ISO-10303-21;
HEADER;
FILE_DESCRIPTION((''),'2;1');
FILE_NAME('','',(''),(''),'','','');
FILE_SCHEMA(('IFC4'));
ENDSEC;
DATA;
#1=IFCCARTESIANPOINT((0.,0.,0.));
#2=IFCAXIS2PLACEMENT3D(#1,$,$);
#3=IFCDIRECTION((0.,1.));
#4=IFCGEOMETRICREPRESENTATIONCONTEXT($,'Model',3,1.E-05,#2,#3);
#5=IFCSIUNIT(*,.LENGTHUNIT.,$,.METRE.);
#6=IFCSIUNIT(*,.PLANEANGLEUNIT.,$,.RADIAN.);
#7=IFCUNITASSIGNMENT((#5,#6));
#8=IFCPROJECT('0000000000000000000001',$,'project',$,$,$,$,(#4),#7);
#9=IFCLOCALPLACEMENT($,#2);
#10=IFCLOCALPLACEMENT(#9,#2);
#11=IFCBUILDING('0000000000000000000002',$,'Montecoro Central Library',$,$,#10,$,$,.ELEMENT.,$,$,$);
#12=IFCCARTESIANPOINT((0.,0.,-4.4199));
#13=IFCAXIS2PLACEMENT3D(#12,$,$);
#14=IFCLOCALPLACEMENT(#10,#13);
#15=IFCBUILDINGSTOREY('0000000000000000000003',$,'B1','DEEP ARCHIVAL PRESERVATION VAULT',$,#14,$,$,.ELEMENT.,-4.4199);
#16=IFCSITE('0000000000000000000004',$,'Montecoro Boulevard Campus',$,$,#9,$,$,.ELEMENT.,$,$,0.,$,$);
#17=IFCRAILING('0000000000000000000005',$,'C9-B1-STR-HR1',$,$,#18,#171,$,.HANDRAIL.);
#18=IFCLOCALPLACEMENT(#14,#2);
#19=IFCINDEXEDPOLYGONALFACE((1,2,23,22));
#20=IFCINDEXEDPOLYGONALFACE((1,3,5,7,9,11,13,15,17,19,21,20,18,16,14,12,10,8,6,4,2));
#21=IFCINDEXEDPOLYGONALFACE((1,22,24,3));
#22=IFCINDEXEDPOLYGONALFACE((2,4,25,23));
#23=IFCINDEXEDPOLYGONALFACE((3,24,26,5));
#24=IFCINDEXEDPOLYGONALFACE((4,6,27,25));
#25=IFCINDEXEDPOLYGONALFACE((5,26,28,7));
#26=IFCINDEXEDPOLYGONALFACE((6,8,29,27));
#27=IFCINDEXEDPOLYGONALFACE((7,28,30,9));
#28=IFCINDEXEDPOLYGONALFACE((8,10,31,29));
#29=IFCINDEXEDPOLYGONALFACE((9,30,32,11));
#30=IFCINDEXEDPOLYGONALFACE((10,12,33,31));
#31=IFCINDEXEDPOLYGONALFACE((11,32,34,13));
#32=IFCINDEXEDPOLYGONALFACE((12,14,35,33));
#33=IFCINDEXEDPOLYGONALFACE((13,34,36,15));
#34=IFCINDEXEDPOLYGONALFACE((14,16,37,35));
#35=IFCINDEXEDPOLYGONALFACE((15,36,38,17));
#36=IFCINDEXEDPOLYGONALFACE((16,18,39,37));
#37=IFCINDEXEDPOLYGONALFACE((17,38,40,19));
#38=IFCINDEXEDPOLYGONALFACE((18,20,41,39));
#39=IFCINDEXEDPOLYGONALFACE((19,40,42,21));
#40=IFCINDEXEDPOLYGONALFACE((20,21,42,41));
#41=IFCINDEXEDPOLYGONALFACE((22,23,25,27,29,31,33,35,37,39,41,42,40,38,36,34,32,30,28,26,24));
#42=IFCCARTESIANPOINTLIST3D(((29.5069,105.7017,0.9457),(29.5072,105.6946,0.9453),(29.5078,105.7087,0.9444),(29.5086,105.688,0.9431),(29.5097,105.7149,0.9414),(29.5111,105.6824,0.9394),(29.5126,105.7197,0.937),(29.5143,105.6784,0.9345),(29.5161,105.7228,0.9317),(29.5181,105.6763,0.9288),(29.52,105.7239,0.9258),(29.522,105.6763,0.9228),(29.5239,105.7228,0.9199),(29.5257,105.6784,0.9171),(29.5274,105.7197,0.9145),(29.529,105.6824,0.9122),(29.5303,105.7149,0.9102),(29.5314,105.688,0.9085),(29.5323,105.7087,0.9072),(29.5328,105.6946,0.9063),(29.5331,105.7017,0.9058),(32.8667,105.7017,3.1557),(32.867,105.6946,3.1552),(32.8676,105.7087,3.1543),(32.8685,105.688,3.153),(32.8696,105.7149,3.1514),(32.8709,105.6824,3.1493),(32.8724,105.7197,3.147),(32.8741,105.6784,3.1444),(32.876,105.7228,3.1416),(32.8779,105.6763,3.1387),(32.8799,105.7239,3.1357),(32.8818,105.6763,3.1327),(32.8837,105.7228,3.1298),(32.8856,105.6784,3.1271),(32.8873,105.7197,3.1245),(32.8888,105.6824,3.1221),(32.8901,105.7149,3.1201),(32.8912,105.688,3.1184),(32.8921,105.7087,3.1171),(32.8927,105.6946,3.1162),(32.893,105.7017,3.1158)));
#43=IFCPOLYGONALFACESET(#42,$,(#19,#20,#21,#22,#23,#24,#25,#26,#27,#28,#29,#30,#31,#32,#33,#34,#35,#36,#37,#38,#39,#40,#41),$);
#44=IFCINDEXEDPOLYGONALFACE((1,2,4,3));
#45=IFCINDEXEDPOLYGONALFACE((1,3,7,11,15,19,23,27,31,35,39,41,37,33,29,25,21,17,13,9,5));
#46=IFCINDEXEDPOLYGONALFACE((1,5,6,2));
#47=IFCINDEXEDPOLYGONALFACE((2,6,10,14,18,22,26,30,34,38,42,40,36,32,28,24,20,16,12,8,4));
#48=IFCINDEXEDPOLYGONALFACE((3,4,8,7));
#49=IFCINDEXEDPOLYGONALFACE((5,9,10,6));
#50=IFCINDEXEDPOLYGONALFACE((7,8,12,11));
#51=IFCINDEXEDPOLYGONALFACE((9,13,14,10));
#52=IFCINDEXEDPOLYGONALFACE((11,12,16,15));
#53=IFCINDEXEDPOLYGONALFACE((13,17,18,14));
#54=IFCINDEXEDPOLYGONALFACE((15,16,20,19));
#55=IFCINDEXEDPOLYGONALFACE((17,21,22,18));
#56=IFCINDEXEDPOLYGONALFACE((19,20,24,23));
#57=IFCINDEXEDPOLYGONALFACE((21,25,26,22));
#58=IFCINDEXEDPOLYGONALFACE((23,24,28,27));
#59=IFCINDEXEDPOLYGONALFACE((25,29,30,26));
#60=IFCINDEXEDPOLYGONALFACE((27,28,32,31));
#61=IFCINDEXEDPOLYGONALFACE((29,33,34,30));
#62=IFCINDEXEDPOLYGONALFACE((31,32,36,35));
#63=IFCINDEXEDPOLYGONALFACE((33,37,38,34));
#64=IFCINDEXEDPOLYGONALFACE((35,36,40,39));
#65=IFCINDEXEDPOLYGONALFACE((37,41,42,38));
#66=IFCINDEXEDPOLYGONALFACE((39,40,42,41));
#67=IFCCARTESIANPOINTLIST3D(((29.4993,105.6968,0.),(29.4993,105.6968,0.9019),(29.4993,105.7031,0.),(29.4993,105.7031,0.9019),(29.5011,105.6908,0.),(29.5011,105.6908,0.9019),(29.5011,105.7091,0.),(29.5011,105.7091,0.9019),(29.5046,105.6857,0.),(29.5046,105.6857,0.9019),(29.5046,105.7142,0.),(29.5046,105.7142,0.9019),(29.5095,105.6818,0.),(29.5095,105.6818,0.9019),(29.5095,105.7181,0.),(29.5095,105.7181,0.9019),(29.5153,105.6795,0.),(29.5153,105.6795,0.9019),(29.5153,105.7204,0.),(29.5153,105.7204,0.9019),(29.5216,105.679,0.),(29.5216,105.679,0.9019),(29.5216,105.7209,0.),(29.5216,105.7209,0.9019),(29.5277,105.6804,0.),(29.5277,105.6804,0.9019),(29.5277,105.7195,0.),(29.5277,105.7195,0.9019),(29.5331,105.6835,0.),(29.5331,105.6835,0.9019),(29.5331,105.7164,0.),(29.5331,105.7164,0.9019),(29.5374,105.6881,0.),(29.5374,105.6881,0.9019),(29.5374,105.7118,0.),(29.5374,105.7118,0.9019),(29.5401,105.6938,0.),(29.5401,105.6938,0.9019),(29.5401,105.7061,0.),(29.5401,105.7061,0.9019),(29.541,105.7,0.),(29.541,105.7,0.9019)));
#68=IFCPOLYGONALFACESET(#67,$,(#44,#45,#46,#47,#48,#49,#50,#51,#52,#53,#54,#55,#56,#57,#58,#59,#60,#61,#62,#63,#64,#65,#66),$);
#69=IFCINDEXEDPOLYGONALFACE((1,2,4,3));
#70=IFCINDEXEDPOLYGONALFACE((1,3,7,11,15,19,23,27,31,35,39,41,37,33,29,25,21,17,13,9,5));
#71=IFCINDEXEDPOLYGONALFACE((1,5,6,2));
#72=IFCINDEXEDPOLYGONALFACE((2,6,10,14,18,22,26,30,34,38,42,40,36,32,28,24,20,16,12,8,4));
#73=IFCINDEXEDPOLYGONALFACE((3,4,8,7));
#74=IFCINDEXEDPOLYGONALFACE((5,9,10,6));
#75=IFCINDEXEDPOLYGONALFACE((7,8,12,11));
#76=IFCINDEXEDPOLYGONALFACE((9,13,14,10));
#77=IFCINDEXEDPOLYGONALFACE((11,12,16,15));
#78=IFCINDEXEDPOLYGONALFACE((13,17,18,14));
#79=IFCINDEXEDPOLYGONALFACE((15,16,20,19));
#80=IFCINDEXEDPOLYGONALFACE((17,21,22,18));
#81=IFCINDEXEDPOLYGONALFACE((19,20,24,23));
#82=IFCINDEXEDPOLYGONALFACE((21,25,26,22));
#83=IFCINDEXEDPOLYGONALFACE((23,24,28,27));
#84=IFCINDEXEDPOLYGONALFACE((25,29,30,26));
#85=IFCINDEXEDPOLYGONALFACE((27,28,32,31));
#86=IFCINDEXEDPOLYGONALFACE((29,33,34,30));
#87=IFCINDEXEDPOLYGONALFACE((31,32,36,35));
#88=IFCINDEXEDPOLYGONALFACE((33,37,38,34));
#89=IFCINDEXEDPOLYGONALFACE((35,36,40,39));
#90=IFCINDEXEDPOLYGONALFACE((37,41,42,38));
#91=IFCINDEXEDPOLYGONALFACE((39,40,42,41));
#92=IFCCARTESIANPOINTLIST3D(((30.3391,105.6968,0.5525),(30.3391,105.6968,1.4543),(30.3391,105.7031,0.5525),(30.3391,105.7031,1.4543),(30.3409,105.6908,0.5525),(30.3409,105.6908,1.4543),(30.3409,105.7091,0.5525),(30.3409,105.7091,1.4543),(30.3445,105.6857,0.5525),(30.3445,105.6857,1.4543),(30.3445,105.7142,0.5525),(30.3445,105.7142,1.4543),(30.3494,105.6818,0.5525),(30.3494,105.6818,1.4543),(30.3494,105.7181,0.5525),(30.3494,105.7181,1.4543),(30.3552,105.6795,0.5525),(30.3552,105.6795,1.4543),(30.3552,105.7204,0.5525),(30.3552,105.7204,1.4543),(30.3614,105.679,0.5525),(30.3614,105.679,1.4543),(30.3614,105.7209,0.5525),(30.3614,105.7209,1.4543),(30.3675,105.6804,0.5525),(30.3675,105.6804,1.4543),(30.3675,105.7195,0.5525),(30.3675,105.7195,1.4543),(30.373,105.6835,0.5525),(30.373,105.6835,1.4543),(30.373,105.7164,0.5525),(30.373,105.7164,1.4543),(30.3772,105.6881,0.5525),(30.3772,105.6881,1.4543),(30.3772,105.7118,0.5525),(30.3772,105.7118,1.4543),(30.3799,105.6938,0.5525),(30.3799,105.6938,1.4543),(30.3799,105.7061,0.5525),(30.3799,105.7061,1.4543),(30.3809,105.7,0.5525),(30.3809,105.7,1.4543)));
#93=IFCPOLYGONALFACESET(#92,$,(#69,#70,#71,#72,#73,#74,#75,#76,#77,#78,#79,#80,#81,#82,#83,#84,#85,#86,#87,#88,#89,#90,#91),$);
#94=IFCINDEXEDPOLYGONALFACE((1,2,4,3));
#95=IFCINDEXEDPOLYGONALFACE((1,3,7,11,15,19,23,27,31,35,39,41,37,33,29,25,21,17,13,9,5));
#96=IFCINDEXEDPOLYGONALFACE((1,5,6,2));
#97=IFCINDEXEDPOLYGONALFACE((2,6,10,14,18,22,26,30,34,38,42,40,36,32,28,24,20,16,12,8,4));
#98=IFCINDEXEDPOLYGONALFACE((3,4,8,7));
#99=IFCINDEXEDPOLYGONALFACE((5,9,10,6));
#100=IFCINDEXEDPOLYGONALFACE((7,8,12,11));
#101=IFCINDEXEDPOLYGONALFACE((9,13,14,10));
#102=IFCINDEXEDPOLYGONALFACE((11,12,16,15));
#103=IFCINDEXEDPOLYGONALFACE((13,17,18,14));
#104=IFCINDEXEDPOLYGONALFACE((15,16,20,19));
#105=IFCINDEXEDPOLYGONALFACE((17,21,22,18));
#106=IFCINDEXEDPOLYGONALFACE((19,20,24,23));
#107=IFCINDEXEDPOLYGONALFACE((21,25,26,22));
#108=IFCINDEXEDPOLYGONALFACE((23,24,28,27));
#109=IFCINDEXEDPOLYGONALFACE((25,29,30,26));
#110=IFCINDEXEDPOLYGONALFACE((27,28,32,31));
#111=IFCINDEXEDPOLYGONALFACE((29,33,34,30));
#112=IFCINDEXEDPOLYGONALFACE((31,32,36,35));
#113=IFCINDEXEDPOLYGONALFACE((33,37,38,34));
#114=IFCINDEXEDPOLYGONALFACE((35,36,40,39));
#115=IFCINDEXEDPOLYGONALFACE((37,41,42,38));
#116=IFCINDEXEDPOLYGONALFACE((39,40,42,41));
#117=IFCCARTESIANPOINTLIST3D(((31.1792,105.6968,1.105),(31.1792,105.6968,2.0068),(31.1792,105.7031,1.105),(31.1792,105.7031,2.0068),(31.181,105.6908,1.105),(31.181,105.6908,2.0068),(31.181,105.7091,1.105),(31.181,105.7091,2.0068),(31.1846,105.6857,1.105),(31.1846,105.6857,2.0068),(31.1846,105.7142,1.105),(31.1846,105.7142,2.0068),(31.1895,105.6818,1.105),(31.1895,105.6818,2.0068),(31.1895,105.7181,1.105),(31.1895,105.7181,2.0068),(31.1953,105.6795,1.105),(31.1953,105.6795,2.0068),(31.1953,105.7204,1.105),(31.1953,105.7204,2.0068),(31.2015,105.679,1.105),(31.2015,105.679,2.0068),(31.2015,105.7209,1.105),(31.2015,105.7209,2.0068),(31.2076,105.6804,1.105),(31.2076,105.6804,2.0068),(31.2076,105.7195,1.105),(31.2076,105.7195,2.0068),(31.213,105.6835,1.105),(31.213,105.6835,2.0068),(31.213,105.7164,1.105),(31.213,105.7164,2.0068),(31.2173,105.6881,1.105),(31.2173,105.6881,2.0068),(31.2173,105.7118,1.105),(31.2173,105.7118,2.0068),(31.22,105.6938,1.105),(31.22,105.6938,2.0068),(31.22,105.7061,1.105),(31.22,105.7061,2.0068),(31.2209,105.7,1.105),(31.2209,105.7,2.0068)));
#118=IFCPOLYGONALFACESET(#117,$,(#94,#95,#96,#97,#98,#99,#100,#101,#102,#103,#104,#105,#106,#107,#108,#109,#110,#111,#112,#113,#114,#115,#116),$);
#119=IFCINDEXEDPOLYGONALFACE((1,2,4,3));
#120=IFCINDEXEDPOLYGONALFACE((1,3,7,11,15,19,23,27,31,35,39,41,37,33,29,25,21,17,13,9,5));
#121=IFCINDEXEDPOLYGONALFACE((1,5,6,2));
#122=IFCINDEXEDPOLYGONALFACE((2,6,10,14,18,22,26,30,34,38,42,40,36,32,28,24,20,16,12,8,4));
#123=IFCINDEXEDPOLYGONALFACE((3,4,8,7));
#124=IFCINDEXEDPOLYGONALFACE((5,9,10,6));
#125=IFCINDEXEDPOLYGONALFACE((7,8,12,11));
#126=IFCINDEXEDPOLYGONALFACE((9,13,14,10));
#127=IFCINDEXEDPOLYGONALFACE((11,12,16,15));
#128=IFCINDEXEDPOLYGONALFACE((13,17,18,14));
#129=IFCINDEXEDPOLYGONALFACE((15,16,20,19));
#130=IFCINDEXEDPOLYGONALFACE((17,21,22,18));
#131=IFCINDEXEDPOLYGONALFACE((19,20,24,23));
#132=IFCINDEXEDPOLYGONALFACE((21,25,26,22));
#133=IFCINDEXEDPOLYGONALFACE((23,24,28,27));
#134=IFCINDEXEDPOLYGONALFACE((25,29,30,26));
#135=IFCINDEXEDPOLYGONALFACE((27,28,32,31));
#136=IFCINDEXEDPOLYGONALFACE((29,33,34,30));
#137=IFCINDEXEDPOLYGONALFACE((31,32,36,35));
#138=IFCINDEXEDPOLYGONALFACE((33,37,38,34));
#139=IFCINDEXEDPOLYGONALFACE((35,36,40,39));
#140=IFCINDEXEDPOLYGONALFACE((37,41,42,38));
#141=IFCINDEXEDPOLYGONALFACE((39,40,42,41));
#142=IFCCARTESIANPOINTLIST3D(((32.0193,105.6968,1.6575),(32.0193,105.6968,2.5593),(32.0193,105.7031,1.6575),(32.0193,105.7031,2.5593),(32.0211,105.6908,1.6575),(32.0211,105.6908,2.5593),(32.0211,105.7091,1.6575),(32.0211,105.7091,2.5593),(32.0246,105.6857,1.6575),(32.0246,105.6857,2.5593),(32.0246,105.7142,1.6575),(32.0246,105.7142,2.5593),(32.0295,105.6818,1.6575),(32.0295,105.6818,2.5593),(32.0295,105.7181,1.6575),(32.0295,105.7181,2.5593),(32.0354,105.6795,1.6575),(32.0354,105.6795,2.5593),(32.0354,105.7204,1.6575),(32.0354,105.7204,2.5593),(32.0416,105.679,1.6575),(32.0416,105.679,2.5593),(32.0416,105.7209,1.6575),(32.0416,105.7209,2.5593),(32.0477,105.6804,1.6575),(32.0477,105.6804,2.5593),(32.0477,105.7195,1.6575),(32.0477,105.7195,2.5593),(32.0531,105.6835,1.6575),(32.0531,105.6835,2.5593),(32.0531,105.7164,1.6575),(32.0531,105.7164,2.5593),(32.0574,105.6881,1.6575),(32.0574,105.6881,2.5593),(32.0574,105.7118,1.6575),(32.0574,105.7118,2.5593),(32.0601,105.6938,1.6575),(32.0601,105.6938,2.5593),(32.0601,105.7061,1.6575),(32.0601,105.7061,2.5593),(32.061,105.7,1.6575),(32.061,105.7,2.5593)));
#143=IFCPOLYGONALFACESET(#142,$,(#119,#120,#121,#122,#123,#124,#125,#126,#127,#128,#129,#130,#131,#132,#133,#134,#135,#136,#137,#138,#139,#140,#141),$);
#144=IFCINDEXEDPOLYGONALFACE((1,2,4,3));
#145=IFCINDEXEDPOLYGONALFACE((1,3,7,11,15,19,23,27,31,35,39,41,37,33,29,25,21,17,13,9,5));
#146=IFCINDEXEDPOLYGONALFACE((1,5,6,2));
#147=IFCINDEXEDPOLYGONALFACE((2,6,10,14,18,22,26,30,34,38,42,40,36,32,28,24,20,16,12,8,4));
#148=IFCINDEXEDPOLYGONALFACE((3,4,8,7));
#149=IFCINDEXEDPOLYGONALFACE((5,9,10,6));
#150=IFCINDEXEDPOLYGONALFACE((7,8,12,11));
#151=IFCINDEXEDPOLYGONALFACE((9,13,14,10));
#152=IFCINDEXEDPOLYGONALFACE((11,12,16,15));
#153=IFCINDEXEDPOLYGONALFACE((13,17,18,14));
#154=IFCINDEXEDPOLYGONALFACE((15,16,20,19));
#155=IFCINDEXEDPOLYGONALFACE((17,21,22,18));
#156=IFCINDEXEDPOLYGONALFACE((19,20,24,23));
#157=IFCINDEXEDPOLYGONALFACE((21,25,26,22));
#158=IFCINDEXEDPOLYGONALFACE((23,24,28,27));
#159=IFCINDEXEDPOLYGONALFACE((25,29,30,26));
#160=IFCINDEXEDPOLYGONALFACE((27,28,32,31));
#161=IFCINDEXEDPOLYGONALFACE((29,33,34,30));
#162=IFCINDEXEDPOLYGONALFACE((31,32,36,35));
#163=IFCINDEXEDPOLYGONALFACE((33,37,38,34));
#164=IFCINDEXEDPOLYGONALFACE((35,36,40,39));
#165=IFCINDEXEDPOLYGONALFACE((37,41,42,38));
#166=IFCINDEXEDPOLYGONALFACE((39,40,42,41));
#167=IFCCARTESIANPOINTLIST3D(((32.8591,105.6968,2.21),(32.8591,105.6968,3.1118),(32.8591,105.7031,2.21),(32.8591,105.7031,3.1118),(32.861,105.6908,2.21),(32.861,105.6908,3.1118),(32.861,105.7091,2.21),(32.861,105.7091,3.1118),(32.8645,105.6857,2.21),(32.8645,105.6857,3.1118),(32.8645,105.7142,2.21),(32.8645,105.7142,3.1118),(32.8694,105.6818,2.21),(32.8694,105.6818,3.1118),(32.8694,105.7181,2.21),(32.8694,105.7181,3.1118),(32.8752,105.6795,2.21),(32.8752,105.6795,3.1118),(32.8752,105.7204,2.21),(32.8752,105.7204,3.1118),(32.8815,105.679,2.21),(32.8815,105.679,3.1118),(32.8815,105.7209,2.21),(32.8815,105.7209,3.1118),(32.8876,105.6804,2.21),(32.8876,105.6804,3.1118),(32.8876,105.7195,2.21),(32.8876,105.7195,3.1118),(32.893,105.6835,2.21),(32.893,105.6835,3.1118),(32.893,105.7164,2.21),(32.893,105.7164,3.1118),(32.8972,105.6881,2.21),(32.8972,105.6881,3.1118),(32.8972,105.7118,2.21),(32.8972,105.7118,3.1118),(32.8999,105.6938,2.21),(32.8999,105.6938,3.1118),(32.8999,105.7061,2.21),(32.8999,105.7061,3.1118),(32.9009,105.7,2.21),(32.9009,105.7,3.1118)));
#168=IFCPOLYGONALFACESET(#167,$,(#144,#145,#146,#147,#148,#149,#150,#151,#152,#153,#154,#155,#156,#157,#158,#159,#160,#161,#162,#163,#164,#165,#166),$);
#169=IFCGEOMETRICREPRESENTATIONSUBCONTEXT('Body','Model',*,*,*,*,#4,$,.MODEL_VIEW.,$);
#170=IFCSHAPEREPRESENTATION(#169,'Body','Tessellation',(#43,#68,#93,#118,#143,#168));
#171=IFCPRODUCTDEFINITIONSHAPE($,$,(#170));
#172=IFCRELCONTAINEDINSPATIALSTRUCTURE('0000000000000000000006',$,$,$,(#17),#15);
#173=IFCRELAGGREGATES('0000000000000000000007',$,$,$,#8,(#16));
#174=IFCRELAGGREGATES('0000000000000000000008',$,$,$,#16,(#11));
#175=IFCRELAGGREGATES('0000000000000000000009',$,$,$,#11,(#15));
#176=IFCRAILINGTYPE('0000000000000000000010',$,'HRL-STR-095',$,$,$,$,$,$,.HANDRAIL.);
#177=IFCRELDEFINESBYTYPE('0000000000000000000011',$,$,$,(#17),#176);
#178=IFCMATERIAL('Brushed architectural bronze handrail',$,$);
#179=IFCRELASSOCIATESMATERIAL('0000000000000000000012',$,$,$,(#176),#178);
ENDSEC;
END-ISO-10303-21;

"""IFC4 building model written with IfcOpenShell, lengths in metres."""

from ifc_helpers import new_model, si_unit, direction, frame, origin, origin_2d, place, context, subcontext, project, spatial, circle, extrude, material, type_object, element, save


model = new_model("IFC4")

# Units and contexts
model_context = context("Model", 3, precision=1e-05, world=origin(), true_north=direction((0.0, 1.0)))
body_context = subcontext(model_context, "Body", "Model", "MODEL_VIEW")
ifc_project = project(units=[si_unit("LENGTHUNIT", "METRE"), si_unit("PLANEANGLEUNIT", "RADIAN")], contexts=[model_context])

# Site, building, storey
site_placement = place(None, origin())
site = spatial("IfcSite", under=ifc_project, at=site_placement, Name="Montecoro Boulevard Campus", CompositionType="ELEMENT", RefElevation=0.0)
building_placement = place(site_placement, origin())
building = spatial("IfcBuilding", under=site, at=building_placement, Name="Montecoro Central Library", CompositionType="ELEMENT")
storey_placement = place(building_placement, frame((0.0, 0.0, -4.4199)))
storey = spatial("IfcBuildingStorey", under=building, at=storey_placement, Name="B1", Description="DEEP ARCHIVAL PRESERVATION VAULT", CompositionType="ELEMENT", Elevation=-4.4199)

# Railing
ifc_material_1 = material(Name="Brushed architectural bronze handrail")
railing_type_1 = type_object("IfcRailingType", Name="HRL-STR-095", PredefinedType="HANDRAIL", material=ifc_material_1)
railing_1_placement = place(storey_placement, frame((29.52, 105.7, 0.0)))
element("IfcRailing", 1, at=railing_1_placement, inside=storey, type_object=railing_type_1, Name="C9-B1-STR-HR1", PredefinedType="HANDRAIL", context=body_context, shape_type="SweptSolid", body=[
    extrude(circle(Radius=0.0239, at=origin_2d()), frame((0.0, 0.0, 0.9258), z_axis=(0.835471, 0.0, 0.549534), x_axis=(0.0, 1.0, 0.0)), (0.0, 0.0, 1.0), 4.0215),
    extrude(circle(Radius=0.021, at=origin_2d()), origin(), (0.0, 0.0, 1.0), 0.9019),
    extrude(circle(Radius=0.021, at=origin_2d()), frame((0.8398, 0.0, 0.5525)), (0.0, 0.0, 1.0), 0.9019),
    extrude(circle(Radius=0.021, at=origin_2d()), frame((1.6799, 0.0, 1.105)), (0.0, 0.0, 1.0), 0.9019),
    extrude(circle(Radius=0.021, at=origin_2d()), frame((2.52, 0.0, 1.6575)), (0.0, 0.0, 1.0), 0.9019),
    extrude(circle(Radius=0.021, at=origin_2d()), frame((3.3599, 0.0, 2.21)), (0.0, 0.0, 1.0), 0.9019),
])

save(model, "model.ifc")
